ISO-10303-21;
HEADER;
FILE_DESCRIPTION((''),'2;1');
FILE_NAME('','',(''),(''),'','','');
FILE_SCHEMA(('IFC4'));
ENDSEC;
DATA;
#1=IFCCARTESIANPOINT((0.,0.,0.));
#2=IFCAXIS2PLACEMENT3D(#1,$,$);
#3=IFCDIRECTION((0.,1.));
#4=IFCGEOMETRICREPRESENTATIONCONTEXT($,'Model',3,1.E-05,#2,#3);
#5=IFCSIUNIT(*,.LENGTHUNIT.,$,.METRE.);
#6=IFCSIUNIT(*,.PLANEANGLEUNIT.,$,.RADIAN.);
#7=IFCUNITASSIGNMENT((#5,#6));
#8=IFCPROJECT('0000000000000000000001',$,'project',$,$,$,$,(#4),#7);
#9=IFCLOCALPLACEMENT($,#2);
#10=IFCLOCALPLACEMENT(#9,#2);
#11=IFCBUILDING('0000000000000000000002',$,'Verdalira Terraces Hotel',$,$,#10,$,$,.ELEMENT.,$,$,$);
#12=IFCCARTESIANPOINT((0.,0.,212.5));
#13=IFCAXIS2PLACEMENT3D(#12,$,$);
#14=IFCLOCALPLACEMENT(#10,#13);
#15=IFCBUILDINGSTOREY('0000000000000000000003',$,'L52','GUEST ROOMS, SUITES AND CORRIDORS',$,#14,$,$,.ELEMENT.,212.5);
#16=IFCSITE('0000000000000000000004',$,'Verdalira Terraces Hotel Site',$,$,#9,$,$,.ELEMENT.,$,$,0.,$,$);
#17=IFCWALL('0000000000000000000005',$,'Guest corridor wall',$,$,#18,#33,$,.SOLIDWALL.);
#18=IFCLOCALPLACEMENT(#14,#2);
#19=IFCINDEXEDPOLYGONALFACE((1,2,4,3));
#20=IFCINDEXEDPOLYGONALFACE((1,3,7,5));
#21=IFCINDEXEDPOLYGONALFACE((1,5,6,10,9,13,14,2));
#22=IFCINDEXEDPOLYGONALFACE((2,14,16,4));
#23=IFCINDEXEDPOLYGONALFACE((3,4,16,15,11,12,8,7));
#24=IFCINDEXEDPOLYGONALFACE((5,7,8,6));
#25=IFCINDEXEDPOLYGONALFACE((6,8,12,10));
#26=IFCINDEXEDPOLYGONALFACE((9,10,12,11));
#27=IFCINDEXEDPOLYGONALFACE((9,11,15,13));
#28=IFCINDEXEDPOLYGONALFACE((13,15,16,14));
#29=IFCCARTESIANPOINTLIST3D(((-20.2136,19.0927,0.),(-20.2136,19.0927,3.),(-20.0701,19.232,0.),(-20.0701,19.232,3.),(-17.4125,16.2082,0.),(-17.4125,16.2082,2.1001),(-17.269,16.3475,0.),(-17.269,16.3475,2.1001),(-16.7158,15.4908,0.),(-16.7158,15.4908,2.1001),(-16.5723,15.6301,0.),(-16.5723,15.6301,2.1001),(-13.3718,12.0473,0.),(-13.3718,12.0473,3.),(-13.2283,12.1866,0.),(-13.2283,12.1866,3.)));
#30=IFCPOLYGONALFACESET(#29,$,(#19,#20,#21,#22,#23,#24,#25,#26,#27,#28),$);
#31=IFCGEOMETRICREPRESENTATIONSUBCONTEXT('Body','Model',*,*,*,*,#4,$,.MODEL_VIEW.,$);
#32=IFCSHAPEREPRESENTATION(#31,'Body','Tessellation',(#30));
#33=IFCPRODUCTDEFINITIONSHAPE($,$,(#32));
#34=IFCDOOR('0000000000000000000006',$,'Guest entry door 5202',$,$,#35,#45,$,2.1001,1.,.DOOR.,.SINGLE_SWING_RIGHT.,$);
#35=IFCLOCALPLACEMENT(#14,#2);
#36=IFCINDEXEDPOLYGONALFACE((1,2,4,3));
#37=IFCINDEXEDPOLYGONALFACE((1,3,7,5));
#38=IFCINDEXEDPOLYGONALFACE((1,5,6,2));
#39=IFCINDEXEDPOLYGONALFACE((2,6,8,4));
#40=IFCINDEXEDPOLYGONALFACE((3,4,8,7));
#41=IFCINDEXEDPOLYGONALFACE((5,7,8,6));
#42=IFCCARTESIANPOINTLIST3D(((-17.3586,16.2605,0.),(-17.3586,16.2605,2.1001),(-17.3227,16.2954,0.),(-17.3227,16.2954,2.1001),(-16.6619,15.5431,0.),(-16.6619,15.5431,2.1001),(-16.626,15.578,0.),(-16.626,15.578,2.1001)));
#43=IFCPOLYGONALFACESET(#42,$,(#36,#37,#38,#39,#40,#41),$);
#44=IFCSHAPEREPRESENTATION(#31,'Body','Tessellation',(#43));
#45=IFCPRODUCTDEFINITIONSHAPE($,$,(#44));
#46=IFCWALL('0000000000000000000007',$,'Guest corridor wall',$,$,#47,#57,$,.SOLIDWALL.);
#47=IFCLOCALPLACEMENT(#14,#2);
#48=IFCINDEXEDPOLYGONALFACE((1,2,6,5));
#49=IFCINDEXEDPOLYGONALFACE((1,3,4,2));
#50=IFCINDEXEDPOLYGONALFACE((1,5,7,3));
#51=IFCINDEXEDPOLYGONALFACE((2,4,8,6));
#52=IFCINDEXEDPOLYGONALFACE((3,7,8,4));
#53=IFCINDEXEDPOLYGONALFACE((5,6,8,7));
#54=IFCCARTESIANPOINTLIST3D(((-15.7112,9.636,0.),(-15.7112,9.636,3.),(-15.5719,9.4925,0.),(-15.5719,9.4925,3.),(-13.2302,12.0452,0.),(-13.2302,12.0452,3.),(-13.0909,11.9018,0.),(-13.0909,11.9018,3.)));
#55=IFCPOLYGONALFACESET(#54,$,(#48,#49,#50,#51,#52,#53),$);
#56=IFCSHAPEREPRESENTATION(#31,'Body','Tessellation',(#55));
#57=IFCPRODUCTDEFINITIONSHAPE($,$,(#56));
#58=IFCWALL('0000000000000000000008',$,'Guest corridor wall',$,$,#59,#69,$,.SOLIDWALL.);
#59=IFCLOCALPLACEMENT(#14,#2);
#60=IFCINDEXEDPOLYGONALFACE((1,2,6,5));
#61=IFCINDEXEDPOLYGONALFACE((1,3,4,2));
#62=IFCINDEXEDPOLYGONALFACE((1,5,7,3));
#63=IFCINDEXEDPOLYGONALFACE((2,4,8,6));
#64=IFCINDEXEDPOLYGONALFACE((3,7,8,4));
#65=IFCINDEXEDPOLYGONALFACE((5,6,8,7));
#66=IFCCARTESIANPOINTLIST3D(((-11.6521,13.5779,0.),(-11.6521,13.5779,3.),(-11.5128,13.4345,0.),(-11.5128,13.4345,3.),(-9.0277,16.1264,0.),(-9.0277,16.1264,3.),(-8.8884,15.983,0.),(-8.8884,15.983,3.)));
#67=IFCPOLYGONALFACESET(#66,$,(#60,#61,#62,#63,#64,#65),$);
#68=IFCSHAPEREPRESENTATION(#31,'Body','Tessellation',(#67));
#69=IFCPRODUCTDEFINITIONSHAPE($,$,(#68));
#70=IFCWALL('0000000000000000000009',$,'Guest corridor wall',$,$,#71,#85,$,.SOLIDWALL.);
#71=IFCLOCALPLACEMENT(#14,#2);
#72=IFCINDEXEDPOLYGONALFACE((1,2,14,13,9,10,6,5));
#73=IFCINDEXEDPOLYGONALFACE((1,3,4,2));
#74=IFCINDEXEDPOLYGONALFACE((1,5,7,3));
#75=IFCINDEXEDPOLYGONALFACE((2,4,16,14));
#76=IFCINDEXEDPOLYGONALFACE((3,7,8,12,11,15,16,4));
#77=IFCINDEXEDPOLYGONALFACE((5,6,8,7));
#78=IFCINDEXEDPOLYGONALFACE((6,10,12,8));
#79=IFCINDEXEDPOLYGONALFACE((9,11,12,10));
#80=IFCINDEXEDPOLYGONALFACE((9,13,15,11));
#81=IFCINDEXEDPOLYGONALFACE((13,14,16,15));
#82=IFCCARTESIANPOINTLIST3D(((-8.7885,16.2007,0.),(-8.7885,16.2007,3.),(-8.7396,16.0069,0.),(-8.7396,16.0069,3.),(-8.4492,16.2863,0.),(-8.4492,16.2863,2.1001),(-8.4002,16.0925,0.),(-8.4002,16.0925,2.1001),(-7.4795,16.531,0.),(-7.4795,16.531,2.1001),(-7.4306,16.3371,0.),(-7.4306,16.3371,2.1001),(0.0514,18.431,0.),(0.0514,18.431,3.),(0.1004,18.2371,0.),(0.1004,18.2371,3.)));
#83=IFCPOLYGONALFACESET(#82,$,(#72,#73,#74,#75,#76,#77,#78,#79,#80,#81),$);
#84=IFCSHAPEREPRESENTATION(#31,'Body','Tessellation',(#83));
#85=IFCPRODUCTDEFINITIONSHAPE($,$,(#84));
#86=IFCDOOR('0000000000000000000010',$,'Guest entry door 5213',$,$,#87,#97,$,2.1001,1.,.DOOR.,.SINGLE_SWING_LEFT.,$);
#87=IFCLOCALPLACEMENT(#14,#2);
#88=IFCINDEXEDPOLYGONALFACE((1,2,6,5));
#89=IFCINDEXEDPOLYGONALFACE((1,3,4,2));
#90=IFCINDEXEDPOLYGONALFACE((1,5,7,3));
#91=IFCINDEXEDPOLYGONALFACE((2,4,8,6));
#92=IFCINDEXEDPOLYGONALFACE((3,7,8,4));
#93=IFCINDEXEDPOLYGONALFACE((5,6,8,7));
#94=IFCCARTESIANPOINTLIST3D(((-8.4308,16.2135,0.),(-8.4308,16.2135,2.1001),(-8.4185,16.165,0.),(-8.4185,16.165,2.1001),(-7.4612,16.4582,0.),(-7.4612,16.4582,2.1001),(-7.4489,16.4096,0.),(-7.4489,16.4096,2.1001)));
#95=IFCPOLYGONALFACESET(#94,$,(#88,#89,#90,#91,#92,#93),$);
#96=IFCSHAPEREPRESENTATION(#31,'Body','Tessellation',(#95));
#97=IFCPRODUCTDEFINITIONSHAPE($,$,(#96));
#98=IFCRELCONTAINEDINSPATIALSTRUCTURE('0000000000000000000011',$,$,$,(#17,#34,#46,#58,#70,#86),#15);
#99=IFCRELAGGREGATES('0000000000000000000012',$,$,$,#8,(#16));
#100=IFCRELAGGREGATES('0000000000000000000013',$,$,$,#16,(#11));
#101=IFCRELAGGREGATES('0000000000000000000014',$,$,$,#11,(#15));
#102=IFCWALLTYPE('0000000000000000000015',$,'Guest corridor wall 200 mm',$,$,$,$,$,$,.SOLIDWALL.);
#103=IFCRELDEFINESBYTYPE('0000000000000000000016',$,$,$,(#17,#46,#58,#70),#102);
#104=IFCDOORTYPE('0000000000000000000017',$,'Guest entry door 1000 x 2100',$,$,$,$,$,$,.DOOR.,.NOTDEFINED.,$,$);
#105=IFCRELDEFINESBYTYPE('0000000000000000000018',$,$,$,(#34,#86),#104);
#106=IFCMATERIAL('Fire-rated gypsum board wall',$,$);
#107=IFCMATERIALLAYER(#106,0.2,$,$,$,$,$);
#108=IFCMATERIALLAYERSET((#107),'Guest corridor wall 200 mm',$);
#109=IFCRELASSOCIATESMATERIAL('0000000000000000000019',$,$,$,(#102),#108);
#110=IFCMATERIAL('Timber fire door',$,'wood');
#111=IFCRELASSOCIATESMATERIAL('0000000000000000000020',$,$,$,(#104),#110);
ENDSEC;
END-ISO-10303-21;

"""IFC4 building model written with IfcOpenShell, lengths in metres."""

from ifc_helpers import new_model, si_unit, direction, frame, frame_2d, origin, place, context, subcontext, project, spatial, rectangle, extrude, material, layer, layer_set, type_object, element, fill, save


model = new_model("IFC4")

# Units and contexts
model_context = context("Model", 3, precision=1e-05, world=origin(), true_north=direction((0.0, 1.0)))
body_context = subcontext(model_context, "Body", "Model", "MODEL_VIEW")
ifc_project = project(units=[si_unit("LENGTHUNIT", "METRE"), si_unit("PLANEANGLEUNIT", "RADIAN")], contexts=[model_context])

# Site, building, storey
site_placement = place(None, origin())
site = spatial("IfcSite", under=ifc_project, at=site_placement, Name="Verdalira Terraces Hotel Site", CompositionType="ELEMENT", RefElevation=0.0)
building_placement = place(site_placement, origin())
building = spatial("IfcBuilding", under=site, at=building_placement, Name="Verdalira Terraces Hotel", CompositionType="ELEMENT")
storey_placement = place(building_placement, frame((0.0, 0.0, 212.5)))
storey = spatial("IfcBuildingStorey", under=building, at=storey_placement, Name="L52", Description="GUEST ROOMS, SUITES AND CORRIDORS", CompositionType="ELEMENT", Elevation=212.5)

# Wall, opening, door
ifc_material_1 = material(Name="Fire-rated gypsum board wall")
ifc_layer_1 = layer(ifc_material_1, 0.2)
ifc_layer_set_1 = layer_set([ifc_layer_1], Name="Guest corridor wall 200 mm")
wall_type_1 = type_object("IfcWallType", Name="Guest corridor wall 200 mm", PredefinedType="SOLIDWALL", material=ifc_layer_set_1)
wall_1_placement = place(storey_placement, frame((-13.3, 12.1169, 0.0), z_axis=(0.0, 0.0, 1.0), x_axis=(-0.696664, 0.717397, 0.0)))
wall_1 = element("IfcWall", 1, at=wall_1_placement, inside=storey, type_object=wall_type_1, Name="Guest corridor wall", PredefinedType="SOLIDWALL", context=body_context, shape_type="SweptSolid", body=[
    extrude(rectangle(XDim=9.8208, YDim=0.2, at=frame_2d((4.9104, 0.0))), origin(), (0.0, 0.0, 1.0), 3.0),
])
opening_1_placement = place(wall_1_placement, frame((4.8, 0.0, 0.0)))
opening_1 = element("IfcOpeningElement", 2, at=opening_1_placement, cuts=wall_1, PredefinedType="OPENING", context=body_context, shape_type="SweptSolid", body=[
    extrude(rectangle(XDim=1.0, YDim=2.1001, at=frame_2d((0.5, 1.05))), frame((0.0, 0.1099, 0.0), z_axis=(0.0, -1.0, 0.0), x_axis=(1.0, 0.0, 0.0)), (0.0, 0.0, 1.0), 0.22),
])
ifc_material_2 = material(Name="Timber fire door", Category="wood")
door_type_1 = type_object("IfcDoorType", Name="Guest entry door 1000 x 2100", OperationType="NOTDEFINED", PredefinedType="DOOR", material=ifc_material_2)
door_1_placement = place(opening_1_placement, origin())
door_1 = element("IfcDoor", 3, at=door_1_placement, inside=storey, type_object=door_type_1, Name="Guest entry door 5202", OperationType="SINGLE_SWING_RIGHT", OverallHeight=2.1001, OverallWidth=1.0, PredefinedType="DOOR", context=body_context, shape_type="SweptSolid", body=[
    extrude(rectangle(XDim=1.0, YDim=2.1001, at=frame_2d((0.5, 1.05))), frame((0.0, 0.0249, 0.0), z_axis=(0.0, -1.0, 0.0), x_axis=(1.0, 0.0, 0.0)), (0.0, 0.0, 1.0), 0.05),
])
fill(opening_1, door_1)

# Walls
wall_2_placement = place(storey_placement, frame((-13.1606, 11.9734, 0.0), z_axis=(0.0, 0.0, 1.0), x_axis=(-0.717408, -0.696653, 0.0)))
element("IfcWall", 4, at=wall_2_placement, inside=storey, type_object=wall_type_1, Name="Guest corridor wall", PredefinedType="SOLIDWALL", context=body_context, shape_type="SweptSolid", body=[
    extrude(rectangle(XDim=3.4583, YDim=0.2, at=frame_2d((1.729, 0.0))), origin(), (0.0, 0.0, 1.0), 3.0),
])
wall_3_placement = place(storey_placement, frame((-8.958, 16.0547, 0.0), z_axis=(0.0, 0.0, 1.0), x_axis=(-0.717408, -0.696653, 0.0)))
element("IfcWall", 5, at=wall_3_placement, inside=storey, type_object=wall_type_1, Name="Guest corridor wall", PredefinedType="SOLIDWALL", context=body_context, shape_type="SweptSolid", body=[
    extrude(rectangle(XDim=3.6582, YDim=0.2, at=frame_2d((1.8291, 0.0))), origin(), (0.0, 0.0, 1.0), 3.0),
])

# Wall, opening, door
wall_4_placement = place(storey_placement, frame((-8.7642, 16.1038, 0.0), z_axis=(0.0, 0.0, 1.0), x_axis=(0.969617, 0.244627, 0.0)))
wall_4 = element("IfcWall", 6, at=wall_4_placement, inside=storey, type_object=wall_type_1, Name="Guest corridor wall", PredefinedType="SOLIDWALL", context=body_context, shape_type="SweptSolid", body=[
    extrude(rectangle(XDim=9.1169, YDim=0.2, at=frame_2d((4.5586, 0.0))), origin(), (0.0, 0.0, 1.0), 3.0),
])
opening_2_placement = place(wall_4_placement, frame((0.3501, 0.0, 0.0)))
opening_2 = element("IfcOpeningElement", 7, at=opening_2_placement, cuts=wall_4, PredefinedType="OPENING", context=body_context, shape_type="SweptSolid", body=[
    extrude(rectangle(XDim=1.0, YDim=2.1001, at=frame_2d((0.5, 1.05))), frame((0.0, 0.1099, 0.0), z_axis=(0.0, -1.0, 0.0), x_axis=(1.0, 0.0, 0.0)), (0.0, 0.0, 1.0), 0.22),
])
door_2_placement = place(opening_2_placement, origin())
door_2 = element("IfcDoor", 8, at=door_2_placement, inside=storey, type_object=door_type_1, Name="Guest entry door 5213", OperationType="SINGLE_SWING_LEFT", OverallHeight=2.1001, OverallWidth=1.0, PredefinedType="DOOR", context=body_context, shape_type="SweptSolid", body=[
    extrude(rectangle(XDim=1.0, YDim=2.1001, at=frame_2d((0.5, 1.05))), frame((0.0, 0.0249, 0.0), z_axis=(0.0, -1.0, 0.0), x_axis=(1.0, 0.0, 0.0)), (0.0, 0.0, 1.0), 0.05),
])
fill(opening_2, door_2)

save(model, "model.ifc")
